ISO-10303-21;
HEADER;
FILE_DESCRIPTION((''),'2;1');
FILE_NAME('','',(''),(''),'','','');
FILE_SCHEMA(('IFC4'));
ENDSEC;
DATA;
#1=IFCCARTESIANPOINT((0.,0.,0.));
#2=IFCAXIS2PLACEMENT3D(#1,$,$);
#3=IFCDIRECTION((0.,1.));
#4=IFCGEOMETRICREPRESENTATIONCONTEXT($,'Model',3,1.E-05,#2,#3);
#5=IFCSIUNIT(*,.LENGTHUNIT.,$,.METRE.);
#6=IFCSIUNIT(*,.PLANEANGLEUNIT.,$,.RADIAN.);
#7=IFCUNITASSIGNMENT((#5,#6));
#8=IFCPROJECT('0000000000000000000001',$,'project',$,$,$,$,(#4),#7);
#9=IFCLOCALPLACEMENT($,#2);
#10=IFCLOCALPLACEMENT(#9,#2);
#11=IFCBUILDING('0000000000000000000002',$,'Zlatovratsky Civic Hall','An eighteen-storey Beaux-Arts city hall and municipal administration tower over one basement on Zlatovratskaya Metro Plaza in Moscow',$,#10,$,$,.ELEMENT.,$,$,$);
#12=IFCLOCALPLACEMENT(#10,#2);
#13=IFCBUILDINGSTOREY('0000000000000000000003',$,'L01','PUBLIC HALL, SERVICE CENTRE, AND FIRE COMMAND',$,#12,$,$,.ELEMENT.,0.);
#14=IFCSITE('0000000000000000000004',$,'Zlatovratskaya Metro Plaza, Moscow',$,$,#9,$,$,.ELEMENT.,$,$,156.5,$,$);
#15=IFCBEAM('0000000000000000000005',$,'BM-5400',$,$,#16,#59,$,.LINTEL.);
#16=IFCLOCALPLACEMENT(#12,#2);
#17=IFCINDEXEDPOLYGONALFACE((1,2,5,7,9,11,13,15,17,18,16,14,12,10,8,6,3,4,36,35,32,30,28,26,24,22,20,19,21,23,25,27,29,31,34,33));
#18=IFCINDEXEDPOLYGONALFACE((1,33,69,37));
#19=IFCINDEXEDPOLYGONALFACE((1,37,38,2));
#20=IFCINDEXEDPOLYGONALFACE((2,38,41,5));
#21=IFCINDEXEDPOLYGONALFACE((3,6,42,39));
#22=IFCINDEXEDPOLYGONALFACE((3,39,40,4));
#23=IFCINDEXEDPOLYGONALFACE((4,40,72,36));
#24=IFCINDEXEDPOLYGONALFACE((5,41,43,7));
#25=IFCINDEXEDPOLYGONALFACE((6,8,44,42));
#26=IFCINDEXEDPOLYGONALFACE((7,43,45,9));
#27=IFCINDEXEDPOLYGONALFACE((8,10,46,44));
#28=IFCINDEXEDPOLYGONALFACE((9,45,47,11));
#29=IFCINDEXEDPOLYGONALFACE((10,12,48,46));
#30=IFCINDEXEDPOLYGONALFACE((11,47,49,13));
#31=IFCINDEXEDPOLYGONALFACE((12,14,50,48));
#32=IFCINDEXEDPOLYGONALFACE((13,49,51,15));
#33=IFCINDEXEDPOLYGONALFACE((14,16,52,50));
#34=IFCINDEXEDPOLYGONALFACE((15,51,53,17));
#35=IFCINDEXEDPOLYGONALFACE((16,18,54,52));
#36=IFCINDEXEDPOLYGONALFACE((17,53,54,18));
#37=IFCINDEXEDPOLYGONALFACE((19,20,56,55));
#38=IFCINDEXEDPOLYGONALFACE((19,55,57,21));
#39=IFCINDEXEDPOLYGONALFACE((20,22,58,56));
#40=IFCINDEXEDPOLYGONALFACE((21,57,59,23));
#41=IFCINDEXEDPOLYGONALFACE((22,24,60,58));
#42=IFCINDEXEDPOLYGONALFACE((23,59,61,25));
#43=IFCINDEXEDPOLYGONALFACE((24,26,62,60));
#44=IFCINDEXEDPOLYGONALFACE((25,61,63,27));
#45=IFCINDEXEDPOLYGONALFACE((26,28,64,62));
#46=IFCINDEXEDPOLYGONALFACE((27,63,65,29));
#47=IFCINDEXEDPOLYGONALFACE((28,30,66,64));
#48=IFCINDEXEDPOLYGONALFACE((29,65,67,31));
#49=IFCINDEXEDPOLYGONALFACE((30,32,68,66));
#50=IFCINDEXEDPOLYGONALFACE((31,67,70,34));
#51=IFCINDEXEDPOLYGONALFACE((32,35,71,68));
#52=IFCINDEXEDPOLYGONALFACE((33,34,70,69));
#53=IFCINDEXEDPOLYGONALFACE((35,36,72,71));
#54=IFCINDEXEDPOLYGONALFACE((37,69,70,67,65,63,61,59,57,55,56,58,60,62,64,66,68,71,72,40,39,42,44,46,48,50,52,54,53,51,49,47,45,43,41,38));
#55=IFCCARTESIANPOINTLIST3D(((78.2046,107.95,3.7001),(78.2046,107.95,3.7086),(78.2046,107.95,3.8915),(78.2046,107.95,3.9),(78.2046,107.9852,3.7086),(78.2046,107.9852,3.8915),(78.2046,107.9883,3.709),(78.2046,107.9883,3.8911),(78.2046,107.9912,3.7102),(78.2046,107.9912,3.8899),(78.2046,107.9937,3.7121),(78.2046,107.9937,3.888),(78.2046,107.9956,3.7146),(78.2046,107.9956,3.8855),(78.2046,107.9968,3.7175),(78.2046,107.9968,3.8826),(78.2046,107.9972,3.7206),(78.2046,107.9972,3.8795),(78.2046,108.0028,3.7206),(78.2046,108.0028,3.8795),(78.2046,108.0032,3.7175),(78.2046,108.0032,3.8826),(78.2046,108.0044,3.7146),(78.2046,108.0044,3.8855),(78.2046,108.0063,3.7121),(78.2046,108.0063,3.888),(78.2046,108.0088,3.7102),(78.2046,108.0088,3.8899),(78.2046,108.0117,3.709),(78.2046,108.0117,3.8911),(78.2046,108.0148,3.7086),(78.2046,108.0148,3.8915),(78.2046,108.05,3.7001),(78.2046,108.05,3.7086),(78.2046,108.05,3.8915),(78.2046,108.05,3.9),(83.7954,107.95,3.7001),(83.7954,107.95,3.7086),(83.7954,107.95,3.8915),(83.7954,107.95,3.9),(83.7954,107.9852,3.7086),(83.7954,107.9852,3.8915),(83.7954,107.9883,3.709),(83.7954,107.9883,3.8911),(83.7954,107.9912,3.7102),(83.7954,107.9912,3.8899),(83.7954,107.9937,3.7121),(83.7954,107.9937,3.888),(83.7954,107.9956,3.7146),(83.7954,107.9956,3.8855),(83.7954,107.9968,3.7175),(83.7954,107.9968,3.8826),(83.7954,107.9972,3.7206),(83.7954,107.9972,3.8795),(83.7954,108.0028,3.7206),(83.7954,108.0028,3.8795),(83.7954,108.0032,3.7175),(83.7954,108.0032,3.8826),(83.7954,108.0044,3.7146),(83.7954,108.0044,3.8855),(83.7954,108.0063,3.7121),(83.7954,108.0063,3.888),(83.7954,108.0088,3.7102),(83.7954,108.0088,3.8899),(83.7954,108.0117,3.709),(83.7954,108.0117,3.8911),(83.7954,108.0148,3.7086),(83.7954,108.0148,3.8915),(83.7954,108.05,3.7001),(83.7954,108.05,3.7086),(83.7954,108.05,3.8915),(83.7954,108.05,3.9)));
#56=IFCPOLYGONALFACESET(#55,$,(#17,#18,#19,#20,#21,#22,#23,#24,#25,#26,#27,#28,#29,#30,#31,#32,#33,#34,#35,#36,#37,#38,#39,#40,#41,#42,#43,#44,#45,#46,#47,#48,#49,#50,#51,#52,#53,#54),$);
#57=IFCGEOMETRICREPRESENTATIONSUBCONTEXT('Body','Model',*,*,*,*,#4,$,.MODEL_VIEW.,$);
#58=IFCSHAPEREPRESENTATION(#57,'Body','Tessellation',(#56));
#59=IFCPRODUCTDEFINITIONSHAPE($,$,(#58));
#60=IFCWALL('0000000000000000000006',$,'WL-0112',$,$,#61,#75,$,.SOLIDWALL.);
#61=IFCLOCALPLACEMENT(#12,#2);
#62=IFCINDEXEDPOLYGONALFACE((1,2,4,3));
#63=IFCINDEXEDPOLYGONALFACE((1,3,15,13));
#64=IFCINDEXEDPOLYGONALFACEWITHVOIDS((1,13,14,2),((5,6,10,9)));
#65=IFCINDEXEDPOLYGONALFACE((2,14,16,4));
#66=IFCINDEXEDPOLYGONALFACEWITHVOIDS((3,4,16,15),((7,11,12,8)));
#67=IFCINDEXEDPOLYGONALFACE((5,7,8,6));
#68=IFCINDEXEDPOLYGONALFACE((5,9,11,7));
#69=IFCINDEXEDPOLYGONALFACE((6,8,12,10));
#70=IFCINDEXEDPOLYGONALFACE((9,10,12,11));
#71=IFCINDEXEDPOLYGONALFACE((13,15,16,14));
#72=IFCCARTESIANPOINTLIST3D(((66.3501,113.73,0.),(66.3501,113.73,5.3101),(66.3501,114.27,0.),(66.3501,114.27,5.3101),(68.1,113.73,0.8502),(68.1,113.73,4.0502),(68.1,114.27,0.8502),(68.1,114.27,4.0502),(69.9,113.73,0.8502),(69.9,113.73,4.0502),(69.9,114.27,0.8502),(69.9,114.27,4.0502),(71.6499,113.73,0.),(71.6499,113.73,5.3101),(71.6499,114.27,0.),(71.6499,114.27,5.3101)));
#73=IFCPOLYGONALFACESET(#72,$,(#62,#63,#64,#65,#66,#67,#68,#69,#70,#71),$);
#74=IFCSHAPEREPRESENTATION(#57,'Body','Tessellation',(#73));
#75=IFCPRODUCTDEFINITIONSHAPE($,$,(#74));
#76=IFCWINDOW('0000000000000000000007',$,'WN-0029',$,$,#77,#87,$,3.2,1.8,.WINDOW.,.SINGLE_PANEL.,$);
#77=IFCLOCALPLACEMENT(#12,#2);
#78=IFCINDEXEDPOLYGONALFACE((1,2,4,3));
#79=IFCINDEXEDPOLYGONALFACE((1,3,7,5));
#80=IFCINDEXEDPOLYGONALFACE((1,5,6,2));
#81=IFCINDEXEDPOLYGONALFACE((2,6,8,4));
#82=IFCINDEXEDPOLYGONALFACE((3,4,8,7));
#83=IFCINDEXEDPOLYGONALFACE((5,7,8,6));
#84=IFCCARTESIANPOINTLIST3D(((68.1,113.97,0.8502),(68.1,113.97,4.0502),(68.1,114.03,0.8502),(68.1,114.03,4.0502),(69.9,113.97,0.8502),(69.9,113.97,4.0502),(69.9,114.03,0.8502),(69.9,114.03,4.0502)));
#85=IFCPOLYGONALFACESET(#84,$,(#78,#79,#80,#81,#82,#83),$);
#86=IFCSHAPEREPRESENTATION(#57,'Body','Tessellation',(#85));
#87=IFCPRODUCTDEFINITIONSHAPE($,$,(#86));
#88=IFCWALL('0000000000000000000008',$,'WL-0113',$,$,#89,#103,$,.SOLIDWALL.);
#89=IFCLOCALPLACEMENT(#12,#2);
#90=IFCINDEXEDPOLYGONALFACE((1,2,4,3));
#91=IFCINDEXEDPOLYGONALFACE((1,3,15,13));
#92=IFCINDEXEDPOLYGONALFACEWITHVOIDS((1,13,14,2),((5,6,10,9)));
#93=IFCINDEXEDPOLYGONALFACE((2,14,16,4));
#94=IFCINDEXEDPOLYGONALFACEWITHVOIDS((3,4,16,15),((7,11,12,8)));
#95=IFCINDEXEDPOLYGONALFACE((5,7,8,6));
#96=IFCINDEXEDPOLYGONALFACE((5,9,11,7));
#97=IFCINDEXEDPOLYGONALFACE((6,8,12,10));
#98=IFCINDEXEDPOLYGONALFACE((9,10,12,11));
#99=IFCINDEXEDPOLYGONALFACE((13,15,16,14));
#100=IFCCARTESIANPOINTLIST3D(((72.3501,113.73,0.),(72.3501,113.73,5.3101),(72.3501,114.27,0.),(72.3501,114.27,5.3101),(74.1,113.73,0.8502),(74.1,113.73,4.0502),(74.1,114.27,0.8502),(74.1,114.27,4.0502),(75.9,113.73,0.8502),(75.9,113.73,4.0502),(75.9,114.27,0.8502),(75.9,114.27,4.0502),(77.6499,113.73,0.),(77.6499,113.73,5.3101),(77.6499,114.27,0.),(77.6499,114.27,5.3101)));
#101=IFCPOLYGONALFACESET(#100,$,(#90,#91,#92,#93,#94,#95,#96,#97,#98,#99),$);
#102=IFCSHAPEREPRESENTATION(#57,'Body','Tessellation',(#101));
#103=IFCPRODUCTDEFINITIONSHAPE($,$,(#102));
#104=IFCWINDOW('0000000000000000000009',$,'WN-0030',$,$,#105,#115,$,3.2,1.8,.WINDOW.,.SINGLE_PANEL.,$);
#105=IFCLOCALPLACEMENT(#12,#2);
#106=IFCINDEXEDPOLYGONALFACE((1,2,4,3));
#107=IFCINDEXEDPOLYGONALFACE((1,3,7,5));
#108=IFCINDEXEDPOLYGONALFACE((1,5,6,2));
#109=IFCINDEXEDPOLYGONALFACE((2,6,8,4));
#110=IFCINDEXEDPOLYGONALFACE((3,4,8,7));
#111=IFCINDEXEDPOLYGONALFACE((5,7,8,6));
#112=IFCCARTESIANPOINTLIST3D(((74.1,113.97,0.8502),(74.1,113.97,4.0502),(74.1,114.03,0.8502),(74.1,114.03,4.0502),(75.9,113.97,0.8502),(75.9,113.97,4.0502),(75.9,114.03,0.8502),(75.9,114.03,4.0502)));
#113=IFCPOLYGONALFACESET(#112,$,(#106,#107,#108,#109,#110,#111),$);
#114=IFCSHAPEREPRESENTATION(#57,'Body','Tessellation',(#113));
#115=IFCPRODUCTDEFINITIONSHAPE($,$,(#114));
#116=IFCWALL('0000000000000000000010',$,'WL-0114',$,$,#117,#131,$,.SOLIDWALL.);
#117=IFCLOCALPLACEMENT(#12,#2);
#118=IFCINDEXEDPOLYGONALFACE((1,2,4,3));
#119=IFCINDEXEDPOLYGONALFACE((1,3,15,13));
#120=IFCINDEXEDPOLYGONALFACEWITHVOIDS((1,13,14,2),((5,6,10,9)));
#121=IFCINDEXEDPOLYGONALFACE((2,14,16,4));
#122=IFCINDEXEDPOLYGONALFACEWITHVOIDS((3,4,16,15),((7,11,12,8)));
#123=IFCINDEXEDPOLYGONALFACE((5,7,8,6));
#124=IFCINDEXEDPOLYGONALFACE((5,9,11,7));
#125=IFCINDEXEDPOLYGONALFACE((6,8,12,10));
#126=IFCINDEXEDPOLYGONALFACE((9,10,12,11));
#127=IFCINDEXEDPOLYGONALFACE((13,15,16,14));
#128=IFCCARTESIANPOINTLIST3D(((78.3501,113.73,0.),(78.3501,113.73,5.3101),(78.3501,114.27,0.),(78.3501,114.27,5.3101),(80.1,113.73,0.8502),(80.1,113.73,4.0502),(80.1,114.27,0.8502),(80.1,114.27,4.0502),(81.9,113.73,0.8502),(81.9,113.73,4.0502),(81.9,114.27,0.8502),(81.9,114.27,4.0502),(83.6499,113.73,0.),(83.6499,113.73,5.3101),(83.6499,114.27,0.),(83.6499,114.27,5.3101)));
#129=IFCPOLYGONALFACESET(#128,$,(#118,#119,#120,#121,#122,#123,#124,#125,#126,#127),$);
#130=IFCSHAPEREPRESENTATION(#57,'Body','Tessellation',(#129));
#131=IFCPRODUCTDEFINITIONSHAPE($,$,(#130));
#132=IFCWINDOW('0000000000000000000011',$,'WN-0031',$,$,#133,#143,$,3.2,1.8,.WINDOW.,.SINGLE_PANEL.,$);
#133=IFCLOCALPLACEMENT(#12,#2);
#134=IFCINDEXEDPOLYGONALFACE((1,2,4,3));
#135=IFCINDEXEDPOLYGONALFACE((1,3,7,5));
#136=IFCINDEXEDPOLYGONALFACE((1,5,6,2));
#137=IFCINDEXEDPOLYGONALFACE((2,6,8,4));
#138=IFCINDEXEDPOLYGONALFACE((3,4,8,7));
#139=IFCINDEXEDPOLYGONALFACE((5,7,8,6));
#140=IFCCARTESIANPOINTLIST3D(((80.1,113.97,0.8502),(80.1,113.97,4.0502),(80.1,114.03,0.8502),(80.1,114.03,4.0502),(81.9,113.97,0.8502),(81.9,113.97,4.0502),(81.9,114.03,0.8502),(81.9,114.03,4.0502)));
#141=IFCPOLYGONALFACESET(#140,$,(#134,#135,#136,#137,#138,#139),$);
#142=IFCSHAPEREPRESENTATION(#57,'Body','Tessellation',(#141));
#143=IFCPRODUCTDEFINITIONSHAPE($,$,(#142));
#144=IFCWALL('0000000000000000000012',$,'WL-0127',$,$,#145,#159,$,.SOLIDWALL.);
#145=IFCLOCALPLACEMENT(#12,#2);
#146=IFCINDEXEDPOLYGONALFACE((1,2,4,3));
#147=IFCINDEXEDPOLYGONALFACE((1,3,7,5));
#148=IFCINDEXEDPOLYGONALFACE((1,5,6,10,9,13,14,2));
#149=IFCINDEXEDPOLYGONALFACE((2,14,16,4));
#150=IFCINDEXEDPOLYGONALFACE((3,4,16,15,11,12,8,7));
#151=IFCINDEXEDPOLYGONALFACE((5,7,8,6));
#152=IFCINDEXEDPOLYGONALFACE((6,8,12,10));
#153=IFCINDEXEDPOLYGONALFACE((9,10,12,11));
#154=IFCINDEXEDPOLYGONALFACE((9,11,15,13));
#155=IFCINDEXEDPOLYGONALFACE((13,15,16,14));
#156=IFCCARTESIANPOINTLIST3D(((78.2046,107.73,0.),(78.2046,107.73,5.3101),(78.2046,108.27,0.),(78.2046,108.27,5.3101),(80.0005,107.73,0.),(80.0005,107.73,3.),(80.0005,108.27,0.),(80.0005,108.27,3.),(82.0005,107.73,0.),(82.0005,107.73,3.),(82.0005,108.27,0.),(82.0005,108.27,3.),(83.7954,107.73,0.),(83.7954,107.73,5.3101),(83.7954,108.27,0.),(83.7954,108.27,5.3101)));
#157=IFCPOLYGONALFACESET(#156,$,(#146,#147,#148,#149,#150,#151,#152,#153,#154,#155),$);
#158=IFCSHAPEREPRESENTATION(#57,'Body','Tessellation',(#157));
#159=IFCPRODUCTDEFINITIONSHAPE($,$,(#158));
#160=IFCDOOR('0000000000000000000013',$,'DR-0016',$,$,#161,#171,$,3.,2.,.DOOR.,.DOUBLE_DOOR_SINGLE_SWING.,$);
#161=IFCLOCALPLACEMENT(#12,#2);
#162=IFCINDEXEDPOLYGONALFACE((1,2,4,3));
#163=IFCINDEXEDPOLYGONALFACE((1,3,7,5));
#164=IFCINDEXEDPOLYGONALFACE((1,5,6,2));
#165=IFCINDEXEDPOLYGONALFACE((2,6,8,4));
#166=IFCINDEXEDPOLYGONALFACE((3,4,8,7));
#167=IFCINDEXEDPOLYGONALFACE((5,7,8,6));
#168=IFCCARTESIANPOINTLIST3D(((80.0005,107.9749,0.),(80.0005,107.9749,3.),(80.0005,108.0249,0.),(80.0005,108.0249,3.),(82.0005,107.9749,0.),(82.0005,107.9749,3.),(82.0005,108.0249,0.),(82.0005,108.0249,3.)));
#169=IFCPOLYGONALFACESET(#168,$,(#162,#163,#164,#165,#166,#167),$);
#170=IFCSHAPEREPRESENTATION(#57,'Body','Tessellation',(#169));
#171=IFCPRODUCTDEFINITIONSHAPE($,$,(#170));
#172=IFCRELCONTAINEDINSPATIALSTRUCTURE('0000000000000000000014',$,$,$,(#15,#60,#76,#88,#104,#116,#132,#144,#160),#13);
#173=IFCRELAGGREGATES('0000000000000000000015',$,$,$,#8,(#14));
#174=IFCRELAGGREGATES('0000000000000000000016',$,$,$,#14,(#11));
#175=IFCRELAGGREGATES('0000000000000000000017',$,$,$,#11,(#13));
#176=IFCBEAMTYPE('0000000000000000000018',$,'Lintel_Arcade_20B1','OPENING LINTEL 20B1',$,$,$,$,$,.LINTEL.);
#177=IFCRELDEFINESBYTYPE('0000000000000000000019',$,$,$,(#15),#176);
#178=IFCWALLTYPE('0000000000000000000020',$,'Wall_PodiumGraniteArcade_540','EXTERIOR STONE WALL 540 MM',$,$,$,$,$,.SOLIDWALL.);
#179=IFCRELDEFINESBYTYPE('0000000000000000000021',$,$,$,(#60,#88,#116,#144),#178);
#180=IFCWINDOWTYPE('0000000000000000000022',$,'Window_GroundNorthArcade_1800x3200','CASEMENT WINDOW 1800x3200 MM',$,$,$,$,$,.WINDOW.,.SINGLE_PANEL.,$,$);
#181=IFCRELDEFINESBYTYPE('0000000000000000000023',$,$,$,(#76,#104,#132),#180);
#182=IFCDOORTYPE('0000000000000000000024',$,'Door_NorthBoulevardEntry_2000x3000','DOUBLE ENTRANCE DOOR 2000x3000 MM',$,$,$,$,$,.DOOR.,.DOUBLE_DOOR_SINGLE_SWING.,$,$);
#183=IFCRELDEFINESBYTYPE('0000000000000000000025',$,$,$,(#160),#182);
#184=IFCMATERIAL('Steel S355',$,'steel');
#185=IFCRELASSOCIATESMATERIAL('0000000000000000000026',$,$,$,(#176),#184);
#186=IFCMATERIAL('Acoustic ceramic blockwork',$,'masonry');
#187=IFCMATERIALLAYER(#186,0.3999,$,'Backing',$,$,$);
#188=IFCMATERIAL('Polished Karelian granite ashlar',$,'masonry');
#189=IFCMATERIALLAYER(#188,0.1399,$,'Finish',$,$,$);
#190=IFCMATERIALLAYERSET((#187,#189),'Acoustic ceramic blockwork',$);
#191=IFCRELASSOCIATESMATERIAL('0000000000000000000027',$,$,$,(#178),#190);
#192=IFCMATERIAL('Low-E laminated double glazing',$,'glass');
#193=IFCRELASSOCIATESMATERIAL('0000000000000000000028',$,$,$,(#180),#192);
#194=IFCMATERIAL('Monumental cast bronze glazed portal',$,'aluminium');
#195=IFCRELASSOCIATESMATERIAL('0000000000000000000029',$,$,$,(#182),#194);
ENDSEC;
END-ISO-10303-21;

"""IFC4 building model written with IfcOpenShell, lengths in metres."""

from ifc_helpers import new_model, si_unit, direction, frame, frame_2d, origin, origin_2d, place, context, subcontext, project, spatial, rectangle, i_section, extrude, material, layer, layer_set, material_profile, profile_set, type_object, element, fill, save


model = new_model("IFC4")

# Units and contexts
model_context = context("Model", 3, precision=1e-05, world=origin(), true_north=direction((0.0, 1.0)))
body_context = subcontext(model_context, "Body", "Model", "MODEL_VIEW")
ifc_project = project(units=[si_unit("LENGTHUNIT", "METRE"), si_unit("PLANEANGLEUNIT", "RADIAN")], contexts=[model_context])

# Site, building, storey
site_placement = place(None, origin())
site = spatial("IfcSite", under=ifc_project, at=site_placement, Name="Zlatovratskaya Metro Plaza, Moscow", CompositionType="ELEMENT", RefElevation=156.5)
building_placement = place(site_placement, origin())
building = spatial("IfcBuilding", under=site, at=building_placement, Name="Zlatovratsky Civic Hall", Description="An eighteen-storey Beaux-Arts city hall and municipal administration tower over one basement on Zlatovratskaya Metro Plaza in Moscow", CompositionType="ELEMENT")
storey_placement = place(building_placement, origin())
storey = spatial("IfcBuildingStorey", under=building, at=storey_placement, Name="L01", Description="PUBLIC HALL, SERVICE CENTRE, AND FIRE COMMAND", CompositionType="ELEMENT", Elevation=0.0)

# Shared definitions
ifc_material_1 = material(Name="Steel S355", Category="steel")

# Beam
ifc_material_profile_1 = material_profile(ifc_material_1, i_section(OverallWidth=0.1001, OverallDepth=0.2, WebThickness=0.0056, FlangeThickness=0.0085, FilletRadius=0.012, at=origin_2d()), Name="20B1")
ifc_profile_set_1 = profile_set([ifc_material_profile_1], Name="Steel S355")
beam_type_1 = type_object("IfcBeamType", Name="Lintel_Arcade_20B1", Description="OPENING LINTEL 20B1", PredefinedType="LINTEL", material=ifc_profile_set_1)
beam_1_placement = place(storey_placement, frame((78.2046, 108.0, 3.8), z_axis=(1.0, 0.0, 0.0), x_axis=(0.0, 1.0, 0.0)))
element("IfcBeam", 1, at=beam_1_placement, inside=storey, type_object=beam_type_1, Name="BM-5400", PredefinedType="LINTEL", context=body_context, shape_type="SweptSolid", body=[
    extrude(i_section(OverallWidth=0.1001, OverallDepth=0.2, WebThickness=0.0056, FlangeThickness=0.0085, FilletRadius=0.012, at=origin_2d()), origin(), (0.0, 0.0, 1.0), 5.5908),
])

# Walls, openings, windows
ifc_material_2 = material(Name="Acoustic ceramic blockwork", Category="masonry")
ifc_layer_1 = layer(ifc_material_2, 0.3999, Name="Backing")
ifc_material_3 = material(Name="Polished Karelian granite ashlar", Category="masonry")
ifc_layer_2 = layer(ifc_material_3, 0.1399, Name="Finish")
ifc_layer_set = layer_set([ifc_layer_1, ifc_layer_2], Name="Acoustic ceramic blockwork")
wall_type = type_object("IfcWallType", Name="Wall_PodiumGraniteArcade_540", Description="EXTERIOR STONE WALL 540 MM", PredefinedType="SOLIDWALL", material=ifc_layer_set)
wall_1_placement = place(storey_placement, frame((66.3501, 114.0, 0.0), z_axis=(0.0, 0.0, 1.0), x_axis=(1.0, 0.0, 0.0)))
wall_1 = element("IfcWall", 2, at=wall_1_placement, inside=storey, type_object=wall_type, Name="WL-0112", PredefinedType="SOLIDWALL", context=body_context, shape_type="SweptSolid", body=[
    extrude(rectangle(XDim=5.2998, YDim=0.54, at=frame_2d((2.6499, 0.0))), origin(), (0.0, 0.0, 1.0), 5.3101),
])
opening_1_placement = place(wall_1_placement, frame((1.75, 0.0, 0.8501)))
opening_1 = element("IfcOpeningElement", 3, at=opening_1_placement, cuts=wall_1, PredefinedType="OPENING", context=body_context, shape_type="SweptSolid", body=[
    extrude(rectangle(XDim=1.8, YDim=3.2, at=frame_2d((0.8999, 1.6001))), frame((0.0, 0.2849, 0.0), z_axis=(0.0, -1.0, 0.0), x_axis=(1.0, 0.0, 0.0)), (0.0, 0.0, 1.0), 0.5698),
])
ifc_material_4 = material(Name="Low-E laminated double glazing", Category="glass")
window_type = type_object("IfcWindowType", Name="Window_GroundNorthArcade_1800x3200", Description="CASEMENT WINDOW 1800x3200 MM", PartitioningType="SINGLE_PANEL", PredefinedType="WINDOW", material=ifc_material_4)
window_1_placement = place(opening_1_placement, origin())
window_1 = element("IfcWindow", 4, at=window_1_placement, inside=storey, type_object=window_type, Name="WN-0029", OverallHeight=3.2, OverallWidth=1.8, PartitioningType="SINGLE_PANEL", PredefinedType="WINDOW", context=body_context, shape_type="SweptSolid", body=[
    extrude(rectangle(XDim=1.8, YDim=3.2, at=frame_2d((0.8999, 1.6001))), frame((0.0, 0.03, 0.0), z_axis=(0.0, -1.0, 0.0), x_axis=(1.0, 0.0, 0.0)), (0.0, 0.0, 1.0), 0.0601),
])
fill(opening_1, window_1)
wall_2_placement = place(storey_placement, frame((72.3501, 114.0, 0.0), z_axis=(0.0, 0.0, 1.0), x_axis=(1.0, 0.0, 0.0)))
wall_2 = element("IfcWall", 5, at=wall_2_placement, inside=storey, type_object=wall_type, Name="WL-0113", PredefinedType="SOLIDWALL", context=body_context, shape_type="SweptSolid", body=[
    extrude(rectangle(XDim=5.2998, YDim=0.54, at=frame_2d((2.6499, 0.0))), origin(), (0.0, 0.0, 1.0), 5.3101),
])
opening_2_placement = place(wall_2_placement, frame((1.75, 0.0, 0.8501)))
opening_2 = element("IfcOpeningElement", 6, at=opening_2_placement, cuts=wall_2, PredefinedType="OPENING", context=body_context, shape_type="SweptSolid", body=[
    extrude(rectangle(XDim=1.8, YDim=3.2, at=frame_2d((0.8999, 1.6001))), frame((0.0, 0.2849, 0.0), z_axis=(0.0, -1.0, 0.0), x_axis=(1.0, 0.0, 0.0)), (0.0, 0.0, 1.0), 0.5698),
])
window_2_placement = place(opening_2_placement, origin())
window_2 = element("IfcWindow", 7, at=window_2_placement, inside=storey, type_object=window_type, Name="WN-0030", OverallHeight=3.2, OverallWidth=1.8, PartitioningType="SINGLE_PANEL", PredefinedType="WINDOW", context=body_context, shape_type="SweptSolid", body=[
    extrude(rectangle(XDim=1.8, YDim=3.2, at=frame_2d((0.8999, 1.6001))), frame((0.0, 0.03, 0.0), z_axis=(0.0, -1.0, 0.0), x_axis=(1.0, 0.0, 0.0)), (0.0, 0.0, 1.0), 0.0601),
])
fill(opening_2, window_2)
wall_3_placement = place(storey_placement, frame((78.3501, 114.0, 0.0), z_axis=(0.0, 0.0, 1.0), x_axis=(1.0, 0.0, 0.0)))
wall_3 = element("IfcWall", 8, at=wall_3_placement, inside=storey, type_object=wall_type, Name="WL-0114", PredefinedType="SOLIDWALL", context=body_context, shape_type="SweptSolid", body=[
    extrude(rectangle(XDim=5.2998, YDim=0.54, at=frame_2d((2.6499, 0.0))), origin(), (0.0, 0.0, 1.0), 5.3101),
])
opening_3_placement = place(wall_3_placement, frame((1.75, 0.0, 0.8501)))
opening_3 = element("IfcOpeningElement", 9, at=opening_3_placement, cuts=wall_3, PredefinedType="OPENING", context=body_context, shape_type="SweptSolid", body=[
    extrude(rectangle(XDim=1.8, YDim=3.2, at=frame_2d((0.8999, 1.6001))), frame((0.0, 0.2849, 0.0), z_axis=(0.0, -1.0, 0.0), x_axis=(1.0, 0.0, 0.0)), (0.0, 0.0, 1.0), 0.5698),
])
window_3_placement = place(opening_3_placement, origin())
window_3 = element("IfcWindow", 10, at=window_3_placement, inside=storey, type_object=window_type, Name="WN-0031", OverallHeight=3.2, OverallWidth=1.8, PartitioningType="SINGLE_PANEL", PredefinedType="WINDOW", context=body_context, shape_type="SweptSolid", body=[
    extrude(rectangle(XDim=1.8, YDim=3.2, at=frame_2d((0.8999, 1.6001))), frame((0.0, 0.03, 0.0), z_axis=(0.0, -1.0, 0.0), x_axis=(1.0, 0.0, 0.0)), (0.0, 0.0, 1.0), 0.0601),
])
fill(opening_3, window_3)

# Wall, opening, door
wall_4_placement = place(storey_placement, frame((78.2046, 108.0, 0.0), z_axis=(0.0, 0.0, 1.0), x_axis=(1.0, 0.0, 0.0)))
wall_4 = element("IfcWall", 11, at=wall_4_placement, inside=storey, type_object=wall_type, Name="WL-0127", PredefinedType="SOLIDWALL", context=body_context, shape_type="SweptSolid", body=[
    extrude(rectangle(XDim=5.5908, YDim=0.54, at=frame_2d((2.7954, 0.0))), origin(), (0.0, 0.0, 1.0), 5.3101),
])
opening_4_placement = place(wall_4_placement, frame((1.7959, 0.0, 0.0)))
opening_4 = element("IfcOpeningElement", 12, at=opening_4_placement, cuts=wall_4, PredefinedType="OPENING", context=body_context, shape_type="SweptSolid", body=[
    extrude(rectangle(XDim=2.0, YDim=3.0, at=frame_2d((1.0, 1.5))), frame((0.0, 0.2849, 0.0), z_axis=(0.0, -1.0, 0.0), x_axis=(1.0, 0.0, 0.0)), (0.0, 0.0, 1.0), 0.5698),
])
ifc_material_5 = material(Name="Monumental cast bronze glazed portal", Category="aluminium")
door_type = type_object("IfcDoorType", Name="Door_NorthBoulevardEntry_2000x3000", Description="DOUBLE ENTRANCE DOOR 2000x3000 MM", OperationType="DOUBLE_DOOR_SINGLE_SWING", PredefinedType="DOOR", material=ifc_material_5)
door_placement = place(opening_4_placement, origin())
door = element("IfcDoor", 13, at=door_placement, inside=storey, type_object=door_type, Name="DR-0016", OperationType="DOUBLE_DOOR_SINGLE_SWING", OverallHeight=3.0, OverallWidth=2.0, PredefinedType="DOOR", context=body_context, shape_type="SweptSolid", body=[
    extrude(rectangle(XDim=2.0, YDim=3.0, at=frame_2d((1.0, 1.5))), frame((0.0, 0.0249, 0.0), z_axis=(0.0, -1.0, 0.0), x_axis=(1.0, 0.0, 0.0)), (0.0, 0.0, 1.0), 0.05),
])
fill(opening_4, door)

save(model, "model.ifc")
